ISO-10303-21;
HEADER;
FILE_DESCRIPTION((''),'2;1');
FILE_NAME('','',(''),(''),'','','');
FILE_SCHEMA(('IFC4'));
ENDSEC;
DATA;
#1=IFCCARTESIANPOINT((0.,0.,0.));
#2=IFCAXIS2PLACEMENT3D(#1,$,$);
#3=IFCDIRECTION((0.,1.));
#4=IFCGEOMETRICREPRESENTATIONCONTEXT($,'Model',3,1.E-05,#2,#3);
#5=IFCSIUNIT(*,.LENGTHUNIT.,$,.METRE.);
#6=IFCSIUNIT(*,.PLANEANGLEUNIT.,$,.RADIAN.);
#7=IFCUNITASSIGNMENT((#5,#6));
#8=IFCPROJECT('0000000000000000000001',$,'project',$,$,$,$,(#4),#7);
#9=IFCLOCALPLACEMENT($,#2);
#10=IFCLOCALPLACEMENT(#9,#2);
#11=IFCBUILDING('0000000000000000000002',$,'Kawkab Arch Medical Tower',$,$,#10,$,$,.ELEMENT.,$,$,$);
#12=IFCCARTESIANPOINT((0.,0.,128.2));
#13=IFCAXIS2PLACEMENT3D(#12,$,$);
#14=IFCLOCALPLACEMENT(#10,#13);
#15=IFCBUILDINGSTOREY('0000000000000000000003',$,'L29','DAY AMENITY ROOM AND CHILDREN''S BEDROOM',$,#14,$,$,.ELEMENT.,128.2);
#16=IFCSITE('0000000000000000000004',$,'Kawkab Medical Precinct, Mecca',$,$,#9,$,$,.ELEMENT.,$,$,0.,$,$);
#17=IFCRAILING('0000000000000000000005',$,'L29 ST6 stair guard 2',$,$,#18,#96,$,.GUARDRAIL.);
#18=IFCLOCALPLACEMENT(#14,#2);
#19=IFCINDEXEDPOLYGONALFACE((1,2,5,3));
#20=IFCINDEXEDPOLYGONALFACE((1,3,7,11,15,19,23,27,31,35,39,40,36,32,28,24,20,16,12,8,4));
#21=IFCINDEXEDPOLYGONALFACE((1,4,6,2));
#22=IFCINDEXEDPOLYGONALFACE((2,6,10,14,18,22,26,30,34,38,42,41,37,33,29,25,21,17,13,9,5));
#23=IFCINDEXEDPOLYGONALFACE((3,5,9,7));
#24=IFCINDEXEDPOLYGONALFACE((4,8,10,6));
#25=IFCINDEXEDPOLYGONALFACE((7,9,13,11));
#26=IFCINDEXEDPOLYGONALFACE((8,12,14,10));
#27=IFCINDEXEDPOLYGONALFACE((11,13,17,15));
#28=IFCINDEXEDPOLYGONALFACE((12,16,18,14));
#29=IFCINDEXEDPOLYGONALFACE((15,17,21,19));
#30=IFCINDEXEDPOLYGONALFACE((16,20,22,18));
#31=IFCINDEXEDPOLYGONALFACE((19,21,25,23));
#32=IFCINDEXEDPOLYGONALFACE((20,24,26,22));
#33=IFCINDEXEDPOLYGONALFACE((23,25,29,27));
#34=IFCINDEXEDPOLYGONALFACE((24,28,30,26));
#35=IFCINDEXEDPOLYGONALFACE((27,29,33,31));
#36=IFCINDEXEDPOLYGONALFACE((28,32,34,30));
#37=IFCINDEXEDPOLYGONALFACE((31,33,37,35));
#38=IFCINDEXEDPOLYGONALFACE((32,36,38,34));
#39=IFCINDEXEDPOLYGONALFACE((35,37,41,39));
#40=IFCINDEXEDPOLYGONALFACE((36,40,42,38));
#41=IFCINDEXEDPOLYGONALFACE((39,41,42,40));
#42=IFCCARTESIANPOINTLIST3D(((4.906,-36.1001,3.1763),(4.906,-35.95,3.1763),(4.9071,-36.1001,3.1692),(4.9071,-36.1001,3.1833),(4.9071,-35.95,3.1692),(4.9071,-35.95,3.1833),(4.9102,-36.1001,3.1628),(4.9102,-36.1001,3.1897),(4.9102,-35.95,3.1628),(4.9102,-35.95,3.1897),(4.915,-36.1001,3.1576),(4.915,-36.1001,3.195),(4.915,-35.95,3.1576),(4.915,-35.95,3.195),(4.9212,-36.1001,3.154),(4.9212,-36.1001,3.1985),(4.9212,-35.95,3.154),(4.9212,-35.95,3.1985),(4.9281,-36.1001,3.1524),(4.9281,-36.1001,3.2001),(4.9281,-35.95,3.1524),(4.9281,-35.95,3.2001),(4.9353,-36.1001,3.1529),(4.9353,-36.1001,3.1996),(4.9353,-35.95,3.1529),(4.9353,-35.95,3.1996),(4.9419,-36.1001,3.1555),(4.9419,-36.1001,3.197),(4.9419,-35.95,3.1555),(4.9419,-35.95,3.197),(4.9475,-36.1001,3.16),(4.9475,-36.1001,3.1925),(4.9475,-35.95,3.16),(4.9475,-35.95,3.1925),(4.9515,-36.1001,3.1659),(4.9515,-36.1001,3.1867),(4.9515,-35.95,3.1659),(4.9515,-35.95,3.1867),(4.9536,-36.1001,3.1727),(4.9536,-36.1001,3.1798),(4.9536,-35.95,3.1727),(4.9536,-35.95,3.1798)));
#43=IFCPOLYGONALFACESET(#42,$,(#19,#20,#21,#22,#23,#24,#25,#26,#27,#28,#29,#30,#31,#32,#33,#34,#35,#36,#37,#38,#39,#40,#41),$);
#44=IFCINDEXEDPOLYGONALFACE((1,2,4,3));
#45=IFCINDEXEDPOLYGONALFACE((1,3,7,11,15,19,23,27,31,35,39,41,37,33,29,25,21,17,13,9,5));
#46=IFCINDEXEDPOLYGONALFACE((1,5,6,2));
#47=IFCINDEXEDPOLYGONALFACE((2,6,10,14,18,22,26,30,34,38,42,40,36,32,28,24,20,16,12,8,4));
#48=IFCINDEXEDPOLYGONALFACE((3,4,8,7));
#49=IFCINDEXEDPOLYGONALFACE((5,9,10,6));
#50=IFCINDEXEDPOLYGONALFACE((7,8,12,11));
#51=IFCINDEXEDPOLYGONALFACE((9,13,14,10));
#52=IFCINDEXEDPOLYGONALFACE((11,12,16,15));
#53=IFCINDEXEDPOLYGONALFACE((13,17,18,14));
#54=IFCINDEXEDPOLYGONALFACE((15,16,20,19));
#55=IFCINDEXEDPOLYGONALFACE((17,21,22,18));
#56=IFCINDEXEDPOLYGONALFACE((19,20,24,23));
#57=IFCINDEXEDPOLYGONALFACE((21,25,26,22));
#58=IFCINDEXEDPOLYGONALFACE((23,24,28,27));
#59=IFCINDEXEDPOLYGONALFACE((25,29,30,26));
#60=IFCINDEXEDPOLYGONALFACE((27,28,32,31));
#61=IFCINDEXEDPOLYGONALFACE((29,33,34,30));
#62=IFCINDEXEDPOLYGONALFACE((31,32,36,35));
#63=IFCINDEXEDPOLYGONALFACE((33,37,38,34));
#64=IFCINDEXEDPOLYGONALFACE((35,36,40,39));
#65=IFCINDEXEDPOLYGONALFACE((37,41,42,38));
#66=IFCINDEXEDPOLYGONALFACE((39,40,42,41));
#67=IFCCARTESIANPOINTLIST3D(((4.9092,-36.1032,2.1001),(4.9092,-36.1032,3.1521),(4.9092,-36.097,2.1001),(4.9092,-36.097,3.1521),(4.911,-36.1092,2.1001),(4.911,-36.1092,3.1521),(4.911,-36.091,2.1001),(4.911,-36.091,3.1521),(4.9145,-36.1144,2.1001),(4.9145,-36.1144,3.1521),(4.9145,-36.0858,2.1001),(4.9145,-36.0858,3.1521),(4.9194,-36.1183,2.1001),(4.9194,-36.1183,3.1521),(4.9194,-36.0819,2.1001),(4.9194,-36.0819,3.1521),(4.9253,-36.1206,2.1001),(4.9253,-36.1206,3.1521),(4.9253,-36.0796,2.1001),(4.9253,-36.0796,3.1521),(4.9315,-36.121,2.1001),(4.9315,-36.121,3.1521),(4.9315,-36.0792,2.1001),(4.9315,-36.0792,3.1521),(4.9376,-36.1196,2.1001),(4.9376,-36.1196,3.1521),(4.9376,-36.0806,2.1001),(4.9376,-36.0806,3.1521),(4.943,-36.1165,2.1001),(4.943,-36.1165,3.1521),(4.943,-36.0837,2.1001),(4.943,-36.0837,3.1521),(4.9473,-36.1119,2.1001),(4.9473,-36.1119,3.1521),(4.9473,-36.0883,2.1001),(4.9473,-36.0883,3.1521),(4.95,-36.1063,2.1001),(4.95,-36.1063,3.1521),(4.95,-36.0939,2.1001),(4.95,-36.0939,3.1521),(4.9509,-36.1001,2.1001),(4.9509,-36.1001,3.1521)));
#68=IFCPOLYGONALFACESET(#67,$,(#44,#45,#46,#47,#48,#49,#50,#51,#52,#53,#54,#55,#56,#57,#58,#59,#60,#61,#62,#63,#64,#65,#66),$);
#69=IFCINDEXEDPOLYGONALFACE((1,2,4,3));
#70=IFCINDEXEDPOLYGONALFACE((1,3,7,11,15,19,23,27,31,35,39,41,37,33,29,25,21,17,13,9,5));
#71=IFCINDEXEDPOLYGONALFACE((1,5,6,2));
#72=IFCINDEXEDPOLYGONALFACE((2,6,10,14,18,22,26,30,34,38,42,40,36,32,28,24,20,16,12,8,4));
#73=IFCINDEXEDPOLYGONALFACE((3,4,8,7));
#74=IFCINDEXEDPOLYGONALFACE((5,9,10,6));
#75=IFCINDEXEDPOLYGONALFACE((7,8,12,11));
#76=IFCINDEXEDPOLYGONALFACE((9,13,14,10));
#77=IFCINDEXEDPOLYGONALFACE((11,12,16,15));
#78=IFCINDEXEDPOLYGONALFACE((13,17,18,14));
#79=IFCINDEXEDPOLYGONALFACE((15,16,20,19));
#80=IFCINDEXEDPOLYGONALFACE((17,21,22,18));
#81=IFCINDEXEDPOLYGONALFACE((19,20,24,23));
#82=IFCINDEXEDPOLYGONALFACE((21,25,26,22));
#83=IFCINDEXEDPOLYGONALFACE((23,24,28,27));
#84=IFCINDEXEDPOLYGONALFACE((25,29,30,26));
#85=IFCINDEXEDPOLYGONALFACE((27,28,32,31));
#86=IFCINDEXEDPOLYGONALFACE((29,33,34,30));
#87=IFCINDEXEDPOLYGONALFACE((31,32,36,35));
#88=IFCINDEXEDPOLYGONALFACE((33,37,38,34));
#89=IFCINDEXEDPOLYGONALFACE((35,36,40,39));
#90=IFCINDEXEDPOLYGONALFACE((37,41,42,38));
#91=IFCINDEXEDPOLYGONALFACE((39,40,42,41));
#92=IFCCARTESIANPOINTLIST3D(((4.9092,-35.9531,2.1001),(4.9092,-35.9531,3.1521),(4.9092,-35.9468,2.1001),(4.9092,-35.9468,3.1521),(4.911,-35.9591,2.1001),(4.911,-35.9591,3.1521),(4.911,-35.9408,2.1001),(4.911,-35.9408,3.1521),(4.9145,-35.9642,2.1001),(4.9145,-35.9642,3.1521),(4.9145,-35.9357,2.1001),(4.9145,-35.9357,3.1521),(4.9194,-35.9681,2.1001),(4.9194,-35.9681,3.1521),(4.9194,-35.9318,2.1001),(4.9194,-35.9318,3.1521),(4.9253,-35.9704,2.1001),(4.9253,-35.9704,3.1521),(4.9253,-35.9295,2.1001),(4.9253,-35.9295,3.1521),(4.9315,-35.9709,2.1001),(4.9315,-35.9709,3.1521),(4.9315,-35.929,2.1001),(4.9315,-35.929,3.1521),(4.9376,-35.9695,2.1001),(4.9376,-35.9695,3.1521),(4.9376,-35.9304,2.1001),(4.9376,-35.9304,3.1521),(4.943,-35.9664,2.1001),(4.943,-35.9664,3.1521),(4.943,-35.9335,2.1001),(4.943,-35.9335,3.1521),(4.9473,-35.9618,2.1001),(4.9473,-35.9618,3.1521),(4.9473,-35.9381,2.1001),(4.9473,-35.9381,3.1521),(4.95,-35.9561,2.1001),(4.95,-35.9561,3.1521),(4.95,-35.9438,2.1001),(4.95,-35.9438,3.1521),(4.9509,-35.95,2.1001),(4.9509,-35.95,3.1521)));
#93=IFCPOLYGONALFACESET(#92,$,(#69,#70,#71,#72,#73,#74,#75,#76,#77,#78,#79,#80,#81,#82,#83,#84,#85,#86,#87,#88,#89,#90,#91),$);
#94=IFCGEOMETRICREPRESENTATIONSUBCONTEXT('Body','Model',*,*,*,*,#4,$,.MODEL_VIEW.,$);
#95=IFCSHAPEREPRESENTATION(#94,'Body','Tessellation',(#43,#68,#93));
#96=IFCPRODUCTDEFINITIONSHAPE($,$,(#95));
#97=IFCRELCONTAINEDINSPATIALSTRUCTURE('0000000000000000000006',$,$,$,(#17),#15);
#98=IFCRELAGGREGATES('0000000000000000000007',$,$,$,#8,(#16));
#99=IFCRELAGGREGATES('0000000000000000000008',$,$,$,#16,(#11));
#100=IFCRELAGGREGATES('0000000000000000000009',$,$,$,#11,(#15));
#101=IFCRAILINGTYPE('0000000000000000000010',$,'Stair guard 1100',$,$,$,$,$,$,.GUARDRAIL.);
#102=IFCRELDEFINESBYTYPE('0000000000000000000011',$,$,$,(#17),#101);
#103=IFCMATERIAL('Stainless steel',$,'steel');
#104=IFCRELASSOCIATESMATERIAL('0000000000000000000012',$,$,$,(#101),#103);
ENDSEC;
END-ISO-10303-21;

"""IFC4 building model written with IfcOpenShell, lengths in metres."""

from ifc_helpers import new_model, si_unit, direction, frame, origin, origin_2d, place, context, subcontext, project, spatial, circle, extrude, material, type_object, element, save


model = new_model("IFC4")

# Units and contexts
model_context = context("Model", 3, precision=1e-05, world=origin(), true_north=direction((0.0, 1.0)))
body_context = subcontext(model_context, "Body", "Model", "MODEL_VIEW")
ifc_project = project(units=[si_unit("LENGTHUNIT", "METRE"), si_unit("PLANEANGLEUNIT", "RADIAN")], contexts=[model_context])

# Site, building, storey
site_placement = place(None, origin())
site = spatial("IfcSite", under=ifc_project, at=site_placement, Name="Kawkab Medical Precinct, Mecca", CompositionType="ELEMENT", RefElevation=0.0)
building_placement = place(site_placement, origin())
building = spatial("IfcBuilding", under=site, at=building_placement, Name="Kawkab Arch Medical Tower", CompositionType="ELEMENT")
storey_placement = place(building_placement, frame((0.0, 0.0, 128.2)))
storey = spatial("IfcBuildingStorey", under=building, at=storey_placement, Name="L29", Description="DAY AMENITY ROOM AND CHILDREN'S BEDROOM", CompositionType="ELEMENT", Elevation=128.2)

# Railing
ifc_material_1 = material(Name="Stainless steel", Category="steel")
railing_type = type_object("IfcRailingType", Name="Stair guard 1100", PredefinedType="GUARDRAIL", material=ifc_material_1)
railing_1_placement = place(storey_placement, frame((4.9299, -36.1001, 2.1001)))
element("IfcRailing", 1, at=railing_1_placement, inside=storey, type_object=railing_type, Name="L29 ST6 stair guard 2", PredefinedType="GUARDRAIL", context=body_context, shape_type="SweptSolid", body=[
    extrude(circle(Radius=0.0239, at=origin_2d()), frame((0.0, 0.0, 1.0762), z_axis=(0.0, 1.0, 0.0), x_axis=(-1.0, 0.0, 0.0)), (0.0, 0.0, 1.0), 0.1501),
    extrude(circle(Radius=0.021, at=origin_2d()), origin(), (0.0, 0.0, 1.0), 1.052),
    extrude(circle(Radius=0.021, at=origin_2d()), frame((0.0, 0.1501, 0.0)), (0.0, 0.0, 1.0), 1.052),
])

save(model, "model.ifc")
